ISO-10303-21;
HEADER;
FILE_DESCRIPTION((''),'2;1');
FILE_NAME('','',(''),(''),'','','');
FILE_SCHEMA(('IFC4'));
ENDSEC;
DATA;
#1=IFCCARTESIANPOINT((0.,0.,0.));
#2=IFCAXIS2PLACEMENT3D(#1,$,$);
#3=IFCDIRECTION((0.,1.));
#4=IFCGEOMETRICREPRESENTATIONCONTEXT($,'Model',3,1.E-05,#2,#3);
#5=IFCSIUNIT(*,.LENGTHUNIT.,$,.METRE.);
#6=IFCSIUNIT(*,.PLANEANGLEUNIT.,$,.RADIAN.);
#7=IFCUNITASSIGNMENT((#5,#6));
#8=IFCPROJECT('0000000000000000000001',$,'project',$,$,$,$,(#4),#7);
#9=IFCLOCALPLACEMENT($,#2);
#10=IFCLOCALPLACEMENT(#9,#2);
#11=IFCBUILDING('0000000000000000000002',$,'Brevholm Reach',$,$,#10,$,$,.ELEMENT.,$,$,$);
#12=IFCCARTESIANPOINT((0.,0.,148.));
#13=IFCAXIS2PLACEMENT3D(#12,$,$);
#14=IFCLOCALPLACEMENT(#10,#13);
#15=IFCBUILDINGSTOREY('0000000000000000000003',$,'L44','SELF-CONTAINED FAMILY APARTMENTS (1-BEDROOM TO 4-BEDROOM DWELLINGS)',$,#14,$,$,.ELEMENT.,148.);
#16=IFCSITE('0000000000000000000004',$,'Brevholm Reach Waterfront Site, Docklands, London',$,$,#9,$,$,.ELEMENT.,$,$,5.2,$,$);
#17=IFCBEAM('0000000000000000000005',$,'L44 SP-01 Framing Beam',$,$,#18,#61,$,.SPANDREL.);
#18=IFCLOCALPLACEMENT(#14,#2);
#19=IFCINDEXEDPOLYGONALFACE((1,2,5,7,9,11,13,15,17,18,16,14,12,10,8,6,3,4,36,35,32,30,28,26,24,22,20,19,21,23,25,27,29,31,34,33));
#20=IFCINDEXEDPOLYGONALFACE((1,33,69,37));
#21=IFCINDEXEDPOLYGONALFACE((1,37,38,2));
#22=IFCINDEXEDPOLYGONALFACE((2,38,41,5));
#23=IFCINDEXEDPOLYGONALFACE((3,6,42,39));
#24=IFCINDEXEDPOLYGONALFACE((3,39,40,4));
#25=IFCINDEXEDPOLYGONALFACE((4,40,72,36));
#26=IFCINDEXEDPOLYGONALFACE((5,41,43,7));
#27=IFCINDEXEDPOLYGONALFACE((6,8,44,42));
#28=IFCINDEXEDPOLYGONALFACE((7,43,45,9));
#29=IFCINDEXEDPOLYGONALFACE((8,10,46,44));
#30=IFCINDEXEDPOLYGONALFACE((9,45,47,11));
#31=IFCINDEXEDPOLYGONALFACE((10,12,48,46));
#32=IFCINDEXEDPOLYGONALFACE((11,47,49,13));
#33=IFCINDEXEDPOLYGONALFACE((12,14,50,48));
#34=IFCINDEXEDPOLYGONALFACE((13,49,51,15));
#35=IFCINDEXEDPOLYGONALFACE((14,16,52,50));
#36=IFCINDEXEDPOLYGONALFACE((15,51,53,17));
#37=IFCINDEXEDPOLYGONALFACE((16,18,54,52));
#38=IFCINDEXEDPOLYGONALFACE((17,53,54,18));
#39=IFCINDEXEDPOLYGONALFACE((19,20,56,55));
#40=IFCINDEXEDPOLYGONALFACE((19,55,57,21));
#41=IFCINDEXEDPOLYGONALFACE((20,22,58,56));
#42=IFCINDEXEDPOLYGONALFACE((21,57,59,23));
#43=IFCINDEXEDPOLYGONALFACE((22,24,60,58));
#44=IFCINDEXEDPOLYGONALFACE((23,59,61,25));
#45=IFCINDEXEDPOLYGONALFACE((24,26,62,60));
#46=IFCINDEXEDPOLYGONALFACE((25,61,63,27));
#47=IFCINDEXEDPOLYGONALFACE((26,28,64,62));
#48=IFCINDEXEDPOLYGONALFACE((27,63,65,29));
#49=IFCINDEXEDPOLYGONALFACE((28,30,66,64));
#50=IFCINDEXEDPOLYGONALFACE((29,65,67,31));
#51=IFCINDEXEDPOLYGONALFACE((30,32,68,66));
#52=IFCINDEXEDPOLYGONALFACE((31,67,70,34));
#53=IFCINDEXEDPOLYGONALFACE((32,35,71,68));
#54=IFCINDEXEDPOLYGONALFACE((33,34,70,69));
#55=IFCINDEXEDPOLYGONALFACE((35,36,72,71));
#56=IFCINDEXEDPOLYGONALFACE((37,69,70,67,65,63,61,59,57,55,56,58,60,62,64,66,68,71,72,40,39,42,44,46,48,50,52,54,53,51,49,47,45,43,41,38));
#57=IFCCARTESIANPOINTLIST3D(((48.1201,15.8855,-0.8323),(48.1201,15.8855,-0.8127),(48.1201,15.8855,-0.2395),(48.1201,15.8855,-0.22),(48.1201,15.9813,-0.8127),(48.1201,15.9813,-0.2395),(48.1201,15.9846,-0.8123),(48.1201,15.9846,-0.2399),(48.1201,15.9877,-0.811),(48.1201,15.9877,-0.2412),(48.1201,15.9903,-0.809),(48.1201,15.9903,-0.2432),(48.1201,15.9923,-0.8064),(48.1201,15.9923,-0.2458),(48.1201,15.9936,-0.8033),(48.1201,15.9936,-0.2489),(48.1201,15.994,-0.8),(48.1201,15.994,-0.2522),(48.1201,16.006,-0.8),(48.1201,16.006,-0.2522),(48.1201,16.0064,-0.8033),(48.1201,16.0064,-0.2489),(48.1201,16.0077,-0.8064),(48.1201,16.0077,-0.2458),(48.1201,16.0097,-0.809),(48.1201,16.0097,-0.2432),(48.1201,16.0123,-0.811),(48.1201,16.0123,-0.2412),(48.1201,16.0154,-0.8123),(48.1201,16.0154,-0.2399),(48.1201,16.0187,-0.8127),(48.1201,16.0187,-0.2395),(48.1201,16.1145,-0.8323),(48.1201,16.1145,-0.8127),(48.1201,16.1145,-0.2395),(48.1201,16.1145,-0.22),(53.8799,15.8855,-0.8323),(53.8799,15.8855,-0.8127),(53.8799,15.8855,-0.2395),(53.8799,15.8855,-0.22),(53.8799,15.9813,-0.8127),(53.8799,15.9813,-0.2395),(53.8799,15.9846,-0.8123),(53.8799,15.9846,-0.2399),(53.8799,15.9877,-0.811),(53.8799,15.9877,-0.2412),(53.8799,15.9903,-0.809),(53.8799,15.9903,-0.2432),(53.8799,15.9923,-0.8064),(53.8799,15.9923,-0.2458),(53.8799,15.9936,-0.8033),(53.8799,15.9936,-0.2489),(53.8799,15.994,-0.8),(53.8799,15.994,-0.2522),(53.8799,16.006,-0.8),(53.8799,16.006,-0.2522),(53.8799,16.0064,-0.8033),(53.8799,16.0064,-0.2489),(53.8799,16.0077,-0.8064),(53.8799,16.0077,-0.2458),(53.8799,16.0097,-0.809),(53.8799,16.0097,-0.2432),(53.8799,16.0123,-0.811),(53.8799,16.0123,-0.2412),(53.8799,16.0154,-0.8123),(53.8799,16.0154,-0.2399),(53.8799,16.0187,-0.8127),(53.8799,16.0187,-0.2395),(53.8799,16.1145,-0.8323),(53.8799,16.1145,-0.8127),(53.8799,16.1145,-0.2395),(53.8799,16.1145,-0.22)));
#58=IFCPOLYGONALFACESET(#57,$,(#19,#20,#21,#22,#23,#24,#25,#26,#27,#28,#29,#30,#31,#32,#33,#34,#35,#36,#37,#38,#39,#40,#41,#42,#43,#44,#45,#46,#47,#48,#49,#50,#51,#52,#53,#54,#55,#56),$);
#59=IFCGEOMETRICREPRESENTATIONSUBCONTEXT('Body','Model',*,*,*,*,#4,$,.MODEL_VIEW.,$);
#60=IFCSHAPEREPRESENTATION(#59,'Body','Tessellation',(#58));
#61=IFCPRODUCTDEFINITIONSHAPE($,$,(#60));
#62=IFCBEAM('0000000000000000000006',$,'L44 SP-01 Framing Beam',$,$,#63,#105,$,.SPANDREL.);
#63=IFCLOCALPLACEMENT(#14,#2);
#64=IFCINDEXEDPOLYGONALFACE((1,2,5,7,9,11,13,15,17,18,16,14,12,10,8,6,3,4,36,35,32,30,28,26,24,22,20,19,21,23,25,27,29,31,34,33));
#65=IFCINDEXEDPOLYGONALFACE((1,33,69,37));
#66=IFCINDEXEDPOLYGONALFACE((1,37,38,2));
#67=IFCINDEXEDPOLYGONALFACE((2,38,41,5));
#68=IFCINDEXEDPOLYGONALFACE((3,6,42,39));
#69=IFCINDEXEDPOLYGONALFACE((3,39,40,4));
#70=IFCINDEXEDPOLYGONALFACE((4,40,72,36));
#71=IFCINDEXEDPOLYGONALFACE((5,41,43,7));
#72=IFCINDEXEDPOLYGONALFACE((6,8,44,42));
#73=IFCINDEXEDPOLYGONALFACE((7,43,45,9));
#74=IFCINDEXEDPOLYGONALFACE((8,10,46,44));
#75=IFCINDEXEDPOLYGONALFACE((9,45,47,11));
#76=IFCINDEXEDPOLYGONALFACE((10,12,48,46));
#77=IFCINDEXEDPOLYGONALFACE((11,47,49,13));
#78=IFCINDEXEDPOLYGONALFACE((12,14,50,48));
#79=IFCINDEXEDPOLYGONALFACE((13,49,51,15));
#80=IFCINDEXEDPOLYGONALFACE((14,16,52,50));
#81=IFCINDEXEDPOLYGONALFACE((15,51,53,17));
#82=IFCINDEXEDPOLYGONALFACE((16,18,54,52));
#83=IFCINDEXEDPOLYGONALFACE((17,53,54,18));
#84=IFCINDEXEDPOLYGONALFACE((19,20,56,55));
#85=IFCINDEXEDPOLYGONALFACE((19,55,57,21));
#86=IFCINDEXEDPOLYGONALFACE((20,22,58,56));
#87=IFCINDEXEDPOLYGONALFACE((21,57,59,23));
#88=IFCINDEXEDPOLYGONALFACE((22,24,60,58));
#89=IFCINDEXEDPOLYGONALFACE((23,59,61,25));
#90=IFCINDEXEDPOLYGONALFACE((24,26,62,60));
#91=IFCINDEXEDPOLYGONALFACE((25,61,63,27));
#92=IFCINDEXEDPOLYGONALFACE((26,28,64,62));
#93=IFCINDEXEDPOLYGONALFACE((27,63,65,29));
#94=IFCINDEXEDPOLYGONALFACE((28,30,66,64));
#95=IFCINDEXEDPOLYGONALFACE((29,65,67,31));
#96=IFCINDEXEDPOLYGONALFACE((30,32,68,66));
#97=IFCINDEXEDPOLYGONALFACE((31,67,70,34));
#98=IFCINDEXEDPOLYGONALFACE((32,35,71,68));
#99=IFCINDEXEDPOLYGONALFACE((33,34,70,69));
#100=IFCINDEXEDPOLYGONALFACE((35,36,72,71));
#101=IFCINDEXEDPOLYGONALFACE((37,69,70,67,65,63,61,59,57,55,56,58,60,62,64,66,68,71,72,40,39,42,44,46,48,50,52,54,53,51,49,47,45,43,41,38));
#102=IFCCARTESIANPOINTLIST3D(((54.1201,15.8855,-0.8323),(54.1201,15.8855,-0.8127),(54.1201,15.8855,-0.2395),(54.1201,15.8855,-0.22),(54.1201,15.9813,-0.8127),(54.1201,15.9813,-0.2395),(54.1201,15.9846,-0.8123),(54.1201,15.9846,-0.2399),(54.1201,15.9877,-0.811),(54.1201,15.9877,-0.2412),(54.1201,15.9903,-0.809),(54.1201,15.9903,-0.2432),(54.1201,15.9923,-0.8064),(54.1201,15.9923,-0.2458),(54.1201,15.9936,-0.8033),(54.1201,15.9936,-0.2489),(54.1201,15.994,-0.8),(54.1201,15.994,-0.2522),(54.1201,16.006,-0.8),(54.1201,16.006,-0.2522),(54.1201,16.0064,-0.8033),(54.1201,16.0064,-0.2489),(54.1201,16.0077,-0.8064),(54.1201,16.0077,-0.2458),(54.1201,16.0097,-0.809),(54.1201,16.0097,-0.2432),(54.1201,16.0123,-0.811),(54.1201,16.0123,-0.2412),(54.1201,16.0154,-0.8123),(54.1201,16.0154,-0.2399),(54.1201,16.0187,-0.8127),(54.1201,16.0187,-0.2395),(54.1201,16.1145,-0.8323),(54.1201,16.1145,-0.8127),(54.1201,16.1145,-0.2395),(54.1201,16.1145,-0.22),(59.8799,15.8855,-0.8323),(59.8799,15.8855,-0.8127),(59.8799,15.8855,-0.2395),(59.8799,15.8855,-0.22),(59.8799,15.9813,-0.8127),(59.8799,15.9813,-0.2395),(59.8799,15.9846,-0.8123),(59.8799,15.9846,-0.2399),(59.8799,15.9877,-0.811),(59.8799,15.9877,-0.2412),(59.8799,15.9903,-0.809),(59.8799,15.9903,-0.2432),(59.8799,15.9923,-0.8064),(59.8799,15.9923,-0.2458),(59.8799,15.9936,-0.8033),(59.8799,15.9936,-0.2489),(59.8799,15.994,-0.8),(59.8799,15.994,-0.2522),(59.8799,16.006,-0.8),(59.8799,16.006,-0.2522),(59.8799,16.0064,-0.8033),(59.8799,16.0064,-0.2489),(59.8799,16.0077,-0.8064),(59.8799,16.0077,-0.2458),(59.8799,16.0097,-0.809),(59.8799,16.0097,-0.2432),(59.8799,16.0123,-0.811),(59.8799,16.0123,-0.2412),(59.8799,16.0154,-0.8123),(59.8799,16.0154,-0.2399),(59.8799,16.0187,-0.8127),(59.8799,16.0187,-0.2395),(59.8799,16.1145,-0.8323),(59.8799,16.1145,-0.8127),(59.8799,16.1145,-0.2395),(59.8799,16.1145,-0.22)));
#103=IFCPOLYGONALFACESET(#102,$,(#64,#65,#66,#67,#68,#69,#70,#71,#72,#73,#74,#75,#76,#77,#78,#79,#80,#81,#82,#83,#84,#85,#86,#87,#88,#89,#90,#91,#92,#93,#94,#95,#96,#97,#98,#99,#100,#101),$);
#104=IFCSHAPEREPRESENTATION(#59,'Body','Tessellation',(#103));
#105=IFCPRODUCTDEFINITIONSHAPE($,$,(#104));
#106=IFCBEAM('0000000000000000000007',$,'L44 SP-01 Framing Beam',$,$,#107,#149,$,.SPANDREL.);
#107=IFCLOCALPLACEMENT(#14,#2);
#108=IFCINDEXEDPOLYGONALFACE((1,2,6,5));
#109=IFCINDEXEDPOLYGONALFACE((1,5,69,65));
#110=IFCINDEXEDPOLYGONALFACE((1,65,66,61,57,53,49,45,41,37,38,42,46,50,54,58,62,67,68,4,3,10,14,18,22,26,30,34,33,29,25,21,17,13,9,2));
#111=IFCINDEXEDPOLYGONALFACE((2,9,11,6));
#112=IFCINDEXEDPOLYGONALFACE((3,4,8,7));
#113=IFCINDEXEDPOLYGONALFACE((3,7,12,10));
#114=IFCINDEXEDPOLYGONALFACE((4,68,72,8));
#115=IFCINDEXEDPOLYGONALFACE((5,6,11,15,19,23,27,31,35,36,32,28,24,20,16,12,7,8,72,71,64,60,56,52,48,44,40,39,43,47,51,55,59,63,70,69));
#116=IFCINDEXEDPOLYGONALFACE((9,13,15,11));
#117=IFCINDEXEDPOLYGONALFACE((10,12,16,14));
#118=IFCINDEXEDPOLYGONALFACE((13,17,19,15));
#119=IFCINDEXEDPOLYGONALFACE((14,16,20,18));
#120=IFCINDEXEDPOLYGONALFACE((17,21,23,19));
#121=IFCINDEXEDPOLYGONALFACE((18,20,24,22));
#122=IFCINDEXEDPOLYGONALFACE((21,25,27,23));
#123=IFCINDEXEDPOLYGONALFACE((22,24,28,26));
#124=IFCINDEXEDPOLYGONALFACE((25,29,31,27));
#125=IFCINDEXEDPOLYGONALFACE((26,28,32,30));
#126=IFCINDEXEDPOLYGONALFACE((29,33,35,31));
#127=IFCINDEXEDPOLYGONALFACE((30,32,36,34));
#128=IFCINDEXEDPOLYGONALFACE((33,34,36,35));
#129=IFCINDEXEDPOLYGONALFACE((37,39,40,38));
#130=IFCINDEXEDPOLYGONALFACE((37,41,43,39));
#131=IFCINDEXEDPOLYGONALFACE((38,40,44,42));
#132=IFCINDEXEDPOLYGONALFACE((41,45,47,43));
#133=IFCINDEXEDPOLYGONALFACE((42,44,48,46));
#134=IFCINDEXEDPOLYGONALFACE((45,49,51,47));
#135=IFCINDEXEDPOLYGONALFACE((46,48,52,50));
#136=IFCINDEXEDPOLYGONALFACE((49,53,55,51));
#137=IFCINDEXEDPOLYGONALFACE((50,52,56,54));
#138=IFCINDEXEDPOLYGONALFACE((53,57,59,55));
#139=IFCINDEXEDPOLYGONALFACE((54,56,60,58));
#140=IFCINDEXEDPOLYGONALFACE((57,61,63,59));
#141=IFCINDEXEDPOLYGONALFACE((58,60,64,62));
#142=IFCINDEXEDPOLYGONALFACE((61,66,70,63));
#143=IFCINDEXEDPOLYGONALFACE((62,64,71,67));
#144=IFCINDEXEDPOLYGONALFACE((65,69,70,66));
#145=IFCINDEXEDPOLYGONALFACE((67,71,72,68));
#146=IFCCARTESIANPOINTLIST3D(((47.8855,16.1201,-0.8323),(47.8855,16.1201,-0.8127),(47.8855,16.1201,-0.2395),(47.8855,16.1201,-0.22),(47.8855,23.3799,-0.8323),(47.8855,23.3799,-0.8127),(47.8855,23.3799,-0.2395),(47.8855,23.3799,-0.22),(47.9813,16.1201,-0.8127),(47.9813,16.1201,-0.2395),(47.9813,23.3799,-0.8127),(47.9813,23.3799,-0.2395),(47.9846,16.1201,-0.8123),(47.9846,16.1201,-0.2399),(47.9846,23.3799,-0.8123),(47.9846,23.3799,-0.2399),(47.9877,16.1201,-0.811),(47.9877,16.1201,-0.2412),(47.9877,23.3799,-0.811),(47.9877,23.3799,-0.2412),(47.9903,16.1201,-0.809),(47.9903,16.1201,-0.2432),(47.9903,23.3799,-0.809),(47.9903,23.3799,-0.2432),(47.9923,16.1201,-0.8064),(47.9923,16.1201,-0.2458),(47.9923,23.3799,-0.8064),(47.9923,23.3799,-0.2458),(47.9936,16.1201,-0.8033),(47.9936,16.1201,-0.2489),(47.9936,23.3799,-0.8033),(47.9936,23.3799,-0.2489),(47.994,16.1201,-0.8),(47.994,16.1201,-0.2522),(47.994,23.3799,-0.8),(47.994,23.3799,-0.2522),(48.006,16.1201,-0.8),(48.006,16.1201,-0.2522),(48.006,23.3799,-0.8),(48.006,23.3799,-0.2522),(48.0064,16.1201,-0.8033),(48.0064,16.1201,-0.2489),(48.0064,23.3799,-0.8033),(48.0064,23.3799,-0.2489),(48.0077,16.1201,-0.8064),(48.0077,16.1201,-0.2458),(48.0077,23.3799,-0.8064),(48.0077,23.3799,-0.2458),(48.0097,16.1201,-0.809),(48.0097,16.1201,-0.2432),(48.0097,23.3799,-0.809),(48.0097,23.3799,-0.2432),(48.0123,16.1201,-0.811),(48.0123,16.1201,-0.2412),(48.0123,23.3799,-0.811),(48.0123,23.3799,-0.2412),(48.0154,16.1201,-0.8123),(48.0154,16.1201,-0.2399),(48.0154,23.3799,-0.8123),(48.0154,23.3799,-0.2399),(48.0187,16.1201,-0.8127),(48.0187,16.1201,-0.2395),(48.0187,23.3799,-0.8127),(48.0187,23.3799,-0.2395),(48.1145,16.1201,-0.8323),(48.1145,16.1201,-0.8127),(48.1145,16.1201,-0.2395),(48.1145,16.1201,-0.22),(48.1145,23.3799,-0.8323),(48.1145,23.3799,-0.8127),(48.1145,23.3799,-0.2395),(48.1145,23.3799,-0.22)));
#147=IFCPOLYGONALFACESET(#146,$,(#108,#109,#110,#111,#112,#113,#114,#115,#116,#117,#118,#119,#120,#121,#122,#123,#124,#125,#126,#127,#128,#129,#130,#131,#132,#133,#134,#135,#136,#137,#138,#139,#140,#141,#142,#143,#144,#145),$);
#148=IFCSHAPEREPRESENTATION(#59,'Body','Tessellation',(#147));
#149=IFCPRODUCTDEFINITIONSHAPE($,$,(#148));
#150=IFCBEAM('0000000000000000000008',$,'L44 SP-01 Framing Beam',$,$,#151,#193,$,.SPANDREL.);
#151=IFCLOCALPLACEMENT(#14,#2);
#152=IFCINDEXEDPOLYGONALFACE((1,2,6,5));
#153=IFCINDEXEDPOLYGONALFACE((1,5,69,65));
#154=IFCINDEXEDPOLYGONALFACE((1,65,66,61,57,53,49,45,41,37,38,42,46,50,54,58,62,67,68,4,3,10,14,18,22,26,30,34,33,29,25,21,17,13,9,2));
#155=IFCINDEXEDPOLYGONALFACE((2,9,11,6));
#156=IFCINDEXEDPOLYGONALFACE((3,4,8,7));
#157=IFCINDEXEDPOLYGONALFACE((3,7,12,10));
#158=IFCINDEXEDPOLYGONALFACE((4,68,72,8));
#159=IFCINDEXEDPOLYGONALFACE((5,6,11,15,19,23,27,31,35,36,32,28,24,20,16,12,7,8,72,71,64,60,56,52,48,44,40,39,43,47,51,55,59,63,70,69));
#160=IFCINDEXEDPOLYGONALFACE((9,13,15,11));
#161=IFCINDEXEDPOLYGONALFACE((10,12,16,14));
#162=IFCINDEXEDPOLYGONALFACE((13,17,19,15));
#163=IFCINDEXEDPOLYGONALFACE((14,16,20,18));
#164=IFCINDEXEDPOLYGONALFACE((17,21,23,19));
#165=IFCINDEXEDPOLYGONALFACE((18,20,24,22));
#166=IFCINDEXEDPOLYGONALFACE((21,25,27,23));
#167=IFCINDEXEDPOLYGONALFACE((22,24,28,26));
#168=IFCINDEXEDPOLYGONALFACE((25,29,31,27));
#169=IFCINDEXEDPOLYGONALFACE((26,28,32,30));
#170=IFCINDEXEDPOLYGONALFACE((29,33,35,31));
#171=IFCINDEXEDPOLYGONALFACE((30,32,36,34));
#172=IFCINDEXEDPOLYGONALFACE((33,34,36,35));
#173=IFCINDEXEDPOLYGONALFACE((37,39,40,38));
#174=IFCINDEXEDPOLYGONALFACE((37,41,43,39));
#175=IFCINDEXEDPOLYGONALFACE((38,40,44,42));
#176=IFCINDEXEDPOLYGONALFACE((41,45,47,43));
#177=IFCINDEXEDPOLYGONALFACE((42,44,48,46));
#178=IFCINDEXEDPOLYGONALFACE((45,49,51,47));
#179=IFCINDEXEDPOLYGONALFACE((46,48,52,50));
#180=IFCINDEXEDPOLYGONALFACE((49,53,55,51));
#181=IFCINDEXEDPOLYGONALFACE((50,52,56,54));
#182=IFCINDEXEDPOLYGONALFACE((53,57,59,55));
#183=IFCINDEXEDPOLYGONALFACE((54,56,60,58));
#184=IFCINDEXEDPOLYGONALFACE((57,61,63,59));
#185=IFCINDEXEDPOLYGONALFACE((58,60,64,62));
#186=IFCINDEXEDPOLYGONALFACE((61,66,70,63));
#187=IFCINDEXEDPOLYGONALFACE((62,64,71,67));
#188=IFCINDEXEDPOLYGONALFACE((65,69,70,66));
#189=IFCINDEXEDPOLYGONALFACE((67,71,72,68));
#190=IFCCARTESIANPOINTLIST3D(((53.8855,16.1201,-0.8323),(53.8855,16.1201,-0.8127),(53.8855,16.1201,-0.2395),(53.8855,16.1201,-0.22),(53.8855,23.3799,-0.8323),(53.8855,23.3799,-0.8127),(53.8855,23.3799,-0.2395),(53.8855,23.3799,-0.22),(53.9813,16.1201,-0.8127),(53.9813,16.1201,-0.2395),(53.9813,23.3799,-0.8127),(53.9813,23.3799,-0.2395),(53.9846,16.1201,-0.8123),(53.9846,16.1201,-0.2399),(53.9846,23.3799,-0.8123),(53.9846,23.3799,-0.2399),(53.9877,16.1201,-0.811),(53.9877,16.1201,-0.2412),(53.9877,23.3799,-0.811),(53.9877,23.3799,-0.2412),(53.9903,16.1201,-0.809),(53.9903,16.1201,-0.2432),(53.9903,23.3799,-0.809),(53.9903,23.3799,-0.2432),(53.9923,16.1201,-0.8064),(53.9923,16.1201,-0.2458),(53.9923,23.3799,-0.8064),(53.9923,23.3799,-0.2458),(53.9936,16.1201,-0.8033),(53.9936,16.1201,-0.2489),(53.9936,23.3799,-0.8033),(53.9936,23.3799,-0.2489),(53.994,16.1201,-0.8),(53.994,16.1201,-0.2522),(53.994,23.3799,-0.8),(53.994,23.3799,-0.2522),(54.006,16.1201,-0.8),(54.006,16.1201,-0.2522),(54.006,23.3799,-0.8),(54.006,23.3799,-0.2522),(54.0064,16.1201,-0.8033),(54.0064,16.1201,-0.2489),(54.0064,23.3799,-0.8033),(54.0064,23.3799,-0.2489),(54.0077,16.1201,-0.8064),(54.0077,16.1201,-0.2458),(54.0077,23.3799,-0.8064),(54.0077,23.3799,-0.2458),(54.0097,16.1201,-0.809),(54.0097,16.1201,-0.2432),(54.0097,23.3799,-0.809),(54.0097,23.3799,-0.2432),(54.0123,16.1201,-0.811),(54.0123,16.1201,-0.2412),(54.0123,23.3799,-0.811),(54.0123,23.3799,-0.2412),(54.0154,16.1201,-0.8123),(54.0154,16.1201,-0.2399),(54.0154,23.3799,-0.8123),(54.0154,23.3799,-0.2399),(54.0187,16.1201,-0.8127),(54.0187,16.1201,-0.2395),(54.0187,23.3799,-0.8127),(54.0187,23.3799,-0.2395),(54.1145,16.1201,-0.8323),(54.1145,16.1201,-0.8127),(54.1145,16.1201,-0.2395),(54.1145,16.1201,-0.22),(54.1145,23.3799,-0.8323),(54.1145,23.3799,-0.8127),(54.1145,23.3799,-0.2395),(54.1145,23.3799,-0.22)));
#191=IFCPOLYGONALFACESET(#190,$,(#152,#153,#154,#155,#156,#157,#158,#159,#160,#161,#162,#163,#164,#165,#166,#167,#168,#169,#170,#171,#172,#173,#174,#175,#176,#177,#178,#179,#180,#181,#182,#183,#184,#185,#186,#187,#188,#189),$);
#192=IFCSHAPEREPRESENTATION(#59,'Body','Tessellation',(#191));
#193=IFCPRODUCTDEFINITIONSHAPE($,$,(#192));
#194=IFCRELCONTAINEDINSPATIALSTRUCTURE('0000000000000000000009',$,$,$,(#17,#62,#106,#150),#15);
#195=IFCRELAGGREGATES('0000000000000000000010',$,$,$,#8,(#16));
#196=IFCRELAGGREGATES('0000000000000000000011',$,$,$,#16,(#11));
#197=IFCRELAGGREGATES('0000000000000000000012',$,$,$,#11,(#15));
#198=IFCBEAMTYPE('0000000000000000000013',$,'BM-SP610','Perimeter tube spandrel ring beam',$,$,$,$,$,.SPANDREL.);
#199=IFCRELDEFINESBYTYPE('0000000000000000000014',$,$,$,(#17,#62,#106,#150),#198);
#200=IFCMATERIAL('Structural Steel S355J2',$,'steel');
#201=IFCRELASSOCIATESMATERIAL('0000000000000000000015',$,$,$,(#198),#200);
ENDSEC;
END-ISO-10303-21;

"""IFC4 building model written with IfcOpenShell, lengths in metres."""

from ifc_helpers import new_model, si_unit, direction, frame, origin, origin_2d, place, context, subcontext, project, spatial, i_section, extrude, material, material_profile, profile_set, type_object, element, save


model = new_model("IFC4")

# Units and contexts
model_context = context("Model", 3, precision=1e-05, world=origin(), true_north=direction((0.0, 1.0)))
body_context = subcontext(model_context, "Body", "Model", "MODEL_VIEW")
ifc_project = project(units=[si_unit("LENGTHUNIT", "METRE"), si_unit("PLANEANGLEUNIT", "RADIAN")], contexts=[model_context])

# Site, building, storey
site_placement = place(None, origin())
site = spatial("IfcSite", under=ifc_project, at=site_placement, Name="Brevholm Reach Waterfront Site, Docklands, London", CompositionType="ELEMENT", RefElevation=5.2)
building_placement = place(site_placement, origin())
building = spatial("IfcBuilding", under=site, at=building_placement, Name="Brevholm Reach", CompositionType="ELEMENT")
storey_placement = place(building_placement, frame((0.0, 0.0, 148.0)))
storey = spatial("IfcBuildingStorey", under=building, at=storey_placement, Name="L44", Description="SELF-CONTAINED FAMILY APARTMENTS (1-BEDROOM TO 4-BEDROOM DWELLINGS)", CompositionType="ELEMENT", Elevation=148.0)

# Beams
ifc_material_1 = material(Name="Structural Steel S355J2", Category="steel")
ifc_material_profile_1 = material_profile(ifc_material_1, i_section(OverallWidth=0.229, OverallDepth=0.6123, WebThickness=0.012, FlangeThickness=0.0195, FilletRadius=0.0127, at=origin_2d()), Name="UKB 610x229x125")
ifc_profile_set_1 = profile_set([ifc_material_profile_1], Name="Structural Steel S355J2")
beam_type_1 = type_object("IfcBeamType", Name="BM-SP610", Description="Perimeter tube spandrel ring beam", PredefinedType="SPANDREL", material=ifc_profile_set_1)
for number, where, z_axis, x_axis, name in (
    (1, (48.1201, 16.0, -0.5261), (1.0, 0.0, 0.0), (0.0, 1.0, 0.0), "L44 SP-01 Framing Beam"),
    (2, (54.1201, 16.0, -0.5261), (1.0, 0.0, 0.0), (0.0, 1.0, 0.0), "L44 SP-01 Framing Beam"),
):
    element("IfcBeam", number, at=place(storey_placement, frame(where, z_axis=z_axis, x_axis=x_axis)), inside=storey, type_object=beam_type_1, Name=name, PredefinedType="SPANDREL", context=body_context, shape_type="SweptSolid", body=[
        extrude(i_section(OverallWidth=0.229, OverallDepth=0.6123, WebThickness=0.012, FlangeThickness=0.0195, FilletRadius=0.0127, at=origin_2d()), origin(), (0.0, 0.0, 1.0), 5.7598),
    ])
for number, where, z_axis, x_axis, name in (
    (3, (48.0, 16.1201, -0.5261), (0.0, 1.0, 0.0), (-1.0, 0.0, 0.0), "L44 SP-01 Framing Beam"),
    (4, (54.0, 16.1201, -0.5261), (0.0, 1.0, 0.0), (-1.0, 0.0, 0.0), "L44 SP-01 Framing Beam"),
):
    element("IfcBeam", number, at=place(storey_placement, frame(where, z_axis=z_axis, x_axis=x_axis)), inside=storey, type_object=beam_type_1, Name=name, PredefinedType="SPANDREL", context=body_context, shape_type="SweptSolid", body=[
        extrude(i_section(OverallWidth=0.229, OverallDepth=0.6123, WebThickness=0.012, FlangeThickness=0.0195, FilletRadius=0.0127, at=origin_2d()), origin(), (0.0, 0.0, 1.0), 7.2598),
    ])

save(model, "model.ifc")
